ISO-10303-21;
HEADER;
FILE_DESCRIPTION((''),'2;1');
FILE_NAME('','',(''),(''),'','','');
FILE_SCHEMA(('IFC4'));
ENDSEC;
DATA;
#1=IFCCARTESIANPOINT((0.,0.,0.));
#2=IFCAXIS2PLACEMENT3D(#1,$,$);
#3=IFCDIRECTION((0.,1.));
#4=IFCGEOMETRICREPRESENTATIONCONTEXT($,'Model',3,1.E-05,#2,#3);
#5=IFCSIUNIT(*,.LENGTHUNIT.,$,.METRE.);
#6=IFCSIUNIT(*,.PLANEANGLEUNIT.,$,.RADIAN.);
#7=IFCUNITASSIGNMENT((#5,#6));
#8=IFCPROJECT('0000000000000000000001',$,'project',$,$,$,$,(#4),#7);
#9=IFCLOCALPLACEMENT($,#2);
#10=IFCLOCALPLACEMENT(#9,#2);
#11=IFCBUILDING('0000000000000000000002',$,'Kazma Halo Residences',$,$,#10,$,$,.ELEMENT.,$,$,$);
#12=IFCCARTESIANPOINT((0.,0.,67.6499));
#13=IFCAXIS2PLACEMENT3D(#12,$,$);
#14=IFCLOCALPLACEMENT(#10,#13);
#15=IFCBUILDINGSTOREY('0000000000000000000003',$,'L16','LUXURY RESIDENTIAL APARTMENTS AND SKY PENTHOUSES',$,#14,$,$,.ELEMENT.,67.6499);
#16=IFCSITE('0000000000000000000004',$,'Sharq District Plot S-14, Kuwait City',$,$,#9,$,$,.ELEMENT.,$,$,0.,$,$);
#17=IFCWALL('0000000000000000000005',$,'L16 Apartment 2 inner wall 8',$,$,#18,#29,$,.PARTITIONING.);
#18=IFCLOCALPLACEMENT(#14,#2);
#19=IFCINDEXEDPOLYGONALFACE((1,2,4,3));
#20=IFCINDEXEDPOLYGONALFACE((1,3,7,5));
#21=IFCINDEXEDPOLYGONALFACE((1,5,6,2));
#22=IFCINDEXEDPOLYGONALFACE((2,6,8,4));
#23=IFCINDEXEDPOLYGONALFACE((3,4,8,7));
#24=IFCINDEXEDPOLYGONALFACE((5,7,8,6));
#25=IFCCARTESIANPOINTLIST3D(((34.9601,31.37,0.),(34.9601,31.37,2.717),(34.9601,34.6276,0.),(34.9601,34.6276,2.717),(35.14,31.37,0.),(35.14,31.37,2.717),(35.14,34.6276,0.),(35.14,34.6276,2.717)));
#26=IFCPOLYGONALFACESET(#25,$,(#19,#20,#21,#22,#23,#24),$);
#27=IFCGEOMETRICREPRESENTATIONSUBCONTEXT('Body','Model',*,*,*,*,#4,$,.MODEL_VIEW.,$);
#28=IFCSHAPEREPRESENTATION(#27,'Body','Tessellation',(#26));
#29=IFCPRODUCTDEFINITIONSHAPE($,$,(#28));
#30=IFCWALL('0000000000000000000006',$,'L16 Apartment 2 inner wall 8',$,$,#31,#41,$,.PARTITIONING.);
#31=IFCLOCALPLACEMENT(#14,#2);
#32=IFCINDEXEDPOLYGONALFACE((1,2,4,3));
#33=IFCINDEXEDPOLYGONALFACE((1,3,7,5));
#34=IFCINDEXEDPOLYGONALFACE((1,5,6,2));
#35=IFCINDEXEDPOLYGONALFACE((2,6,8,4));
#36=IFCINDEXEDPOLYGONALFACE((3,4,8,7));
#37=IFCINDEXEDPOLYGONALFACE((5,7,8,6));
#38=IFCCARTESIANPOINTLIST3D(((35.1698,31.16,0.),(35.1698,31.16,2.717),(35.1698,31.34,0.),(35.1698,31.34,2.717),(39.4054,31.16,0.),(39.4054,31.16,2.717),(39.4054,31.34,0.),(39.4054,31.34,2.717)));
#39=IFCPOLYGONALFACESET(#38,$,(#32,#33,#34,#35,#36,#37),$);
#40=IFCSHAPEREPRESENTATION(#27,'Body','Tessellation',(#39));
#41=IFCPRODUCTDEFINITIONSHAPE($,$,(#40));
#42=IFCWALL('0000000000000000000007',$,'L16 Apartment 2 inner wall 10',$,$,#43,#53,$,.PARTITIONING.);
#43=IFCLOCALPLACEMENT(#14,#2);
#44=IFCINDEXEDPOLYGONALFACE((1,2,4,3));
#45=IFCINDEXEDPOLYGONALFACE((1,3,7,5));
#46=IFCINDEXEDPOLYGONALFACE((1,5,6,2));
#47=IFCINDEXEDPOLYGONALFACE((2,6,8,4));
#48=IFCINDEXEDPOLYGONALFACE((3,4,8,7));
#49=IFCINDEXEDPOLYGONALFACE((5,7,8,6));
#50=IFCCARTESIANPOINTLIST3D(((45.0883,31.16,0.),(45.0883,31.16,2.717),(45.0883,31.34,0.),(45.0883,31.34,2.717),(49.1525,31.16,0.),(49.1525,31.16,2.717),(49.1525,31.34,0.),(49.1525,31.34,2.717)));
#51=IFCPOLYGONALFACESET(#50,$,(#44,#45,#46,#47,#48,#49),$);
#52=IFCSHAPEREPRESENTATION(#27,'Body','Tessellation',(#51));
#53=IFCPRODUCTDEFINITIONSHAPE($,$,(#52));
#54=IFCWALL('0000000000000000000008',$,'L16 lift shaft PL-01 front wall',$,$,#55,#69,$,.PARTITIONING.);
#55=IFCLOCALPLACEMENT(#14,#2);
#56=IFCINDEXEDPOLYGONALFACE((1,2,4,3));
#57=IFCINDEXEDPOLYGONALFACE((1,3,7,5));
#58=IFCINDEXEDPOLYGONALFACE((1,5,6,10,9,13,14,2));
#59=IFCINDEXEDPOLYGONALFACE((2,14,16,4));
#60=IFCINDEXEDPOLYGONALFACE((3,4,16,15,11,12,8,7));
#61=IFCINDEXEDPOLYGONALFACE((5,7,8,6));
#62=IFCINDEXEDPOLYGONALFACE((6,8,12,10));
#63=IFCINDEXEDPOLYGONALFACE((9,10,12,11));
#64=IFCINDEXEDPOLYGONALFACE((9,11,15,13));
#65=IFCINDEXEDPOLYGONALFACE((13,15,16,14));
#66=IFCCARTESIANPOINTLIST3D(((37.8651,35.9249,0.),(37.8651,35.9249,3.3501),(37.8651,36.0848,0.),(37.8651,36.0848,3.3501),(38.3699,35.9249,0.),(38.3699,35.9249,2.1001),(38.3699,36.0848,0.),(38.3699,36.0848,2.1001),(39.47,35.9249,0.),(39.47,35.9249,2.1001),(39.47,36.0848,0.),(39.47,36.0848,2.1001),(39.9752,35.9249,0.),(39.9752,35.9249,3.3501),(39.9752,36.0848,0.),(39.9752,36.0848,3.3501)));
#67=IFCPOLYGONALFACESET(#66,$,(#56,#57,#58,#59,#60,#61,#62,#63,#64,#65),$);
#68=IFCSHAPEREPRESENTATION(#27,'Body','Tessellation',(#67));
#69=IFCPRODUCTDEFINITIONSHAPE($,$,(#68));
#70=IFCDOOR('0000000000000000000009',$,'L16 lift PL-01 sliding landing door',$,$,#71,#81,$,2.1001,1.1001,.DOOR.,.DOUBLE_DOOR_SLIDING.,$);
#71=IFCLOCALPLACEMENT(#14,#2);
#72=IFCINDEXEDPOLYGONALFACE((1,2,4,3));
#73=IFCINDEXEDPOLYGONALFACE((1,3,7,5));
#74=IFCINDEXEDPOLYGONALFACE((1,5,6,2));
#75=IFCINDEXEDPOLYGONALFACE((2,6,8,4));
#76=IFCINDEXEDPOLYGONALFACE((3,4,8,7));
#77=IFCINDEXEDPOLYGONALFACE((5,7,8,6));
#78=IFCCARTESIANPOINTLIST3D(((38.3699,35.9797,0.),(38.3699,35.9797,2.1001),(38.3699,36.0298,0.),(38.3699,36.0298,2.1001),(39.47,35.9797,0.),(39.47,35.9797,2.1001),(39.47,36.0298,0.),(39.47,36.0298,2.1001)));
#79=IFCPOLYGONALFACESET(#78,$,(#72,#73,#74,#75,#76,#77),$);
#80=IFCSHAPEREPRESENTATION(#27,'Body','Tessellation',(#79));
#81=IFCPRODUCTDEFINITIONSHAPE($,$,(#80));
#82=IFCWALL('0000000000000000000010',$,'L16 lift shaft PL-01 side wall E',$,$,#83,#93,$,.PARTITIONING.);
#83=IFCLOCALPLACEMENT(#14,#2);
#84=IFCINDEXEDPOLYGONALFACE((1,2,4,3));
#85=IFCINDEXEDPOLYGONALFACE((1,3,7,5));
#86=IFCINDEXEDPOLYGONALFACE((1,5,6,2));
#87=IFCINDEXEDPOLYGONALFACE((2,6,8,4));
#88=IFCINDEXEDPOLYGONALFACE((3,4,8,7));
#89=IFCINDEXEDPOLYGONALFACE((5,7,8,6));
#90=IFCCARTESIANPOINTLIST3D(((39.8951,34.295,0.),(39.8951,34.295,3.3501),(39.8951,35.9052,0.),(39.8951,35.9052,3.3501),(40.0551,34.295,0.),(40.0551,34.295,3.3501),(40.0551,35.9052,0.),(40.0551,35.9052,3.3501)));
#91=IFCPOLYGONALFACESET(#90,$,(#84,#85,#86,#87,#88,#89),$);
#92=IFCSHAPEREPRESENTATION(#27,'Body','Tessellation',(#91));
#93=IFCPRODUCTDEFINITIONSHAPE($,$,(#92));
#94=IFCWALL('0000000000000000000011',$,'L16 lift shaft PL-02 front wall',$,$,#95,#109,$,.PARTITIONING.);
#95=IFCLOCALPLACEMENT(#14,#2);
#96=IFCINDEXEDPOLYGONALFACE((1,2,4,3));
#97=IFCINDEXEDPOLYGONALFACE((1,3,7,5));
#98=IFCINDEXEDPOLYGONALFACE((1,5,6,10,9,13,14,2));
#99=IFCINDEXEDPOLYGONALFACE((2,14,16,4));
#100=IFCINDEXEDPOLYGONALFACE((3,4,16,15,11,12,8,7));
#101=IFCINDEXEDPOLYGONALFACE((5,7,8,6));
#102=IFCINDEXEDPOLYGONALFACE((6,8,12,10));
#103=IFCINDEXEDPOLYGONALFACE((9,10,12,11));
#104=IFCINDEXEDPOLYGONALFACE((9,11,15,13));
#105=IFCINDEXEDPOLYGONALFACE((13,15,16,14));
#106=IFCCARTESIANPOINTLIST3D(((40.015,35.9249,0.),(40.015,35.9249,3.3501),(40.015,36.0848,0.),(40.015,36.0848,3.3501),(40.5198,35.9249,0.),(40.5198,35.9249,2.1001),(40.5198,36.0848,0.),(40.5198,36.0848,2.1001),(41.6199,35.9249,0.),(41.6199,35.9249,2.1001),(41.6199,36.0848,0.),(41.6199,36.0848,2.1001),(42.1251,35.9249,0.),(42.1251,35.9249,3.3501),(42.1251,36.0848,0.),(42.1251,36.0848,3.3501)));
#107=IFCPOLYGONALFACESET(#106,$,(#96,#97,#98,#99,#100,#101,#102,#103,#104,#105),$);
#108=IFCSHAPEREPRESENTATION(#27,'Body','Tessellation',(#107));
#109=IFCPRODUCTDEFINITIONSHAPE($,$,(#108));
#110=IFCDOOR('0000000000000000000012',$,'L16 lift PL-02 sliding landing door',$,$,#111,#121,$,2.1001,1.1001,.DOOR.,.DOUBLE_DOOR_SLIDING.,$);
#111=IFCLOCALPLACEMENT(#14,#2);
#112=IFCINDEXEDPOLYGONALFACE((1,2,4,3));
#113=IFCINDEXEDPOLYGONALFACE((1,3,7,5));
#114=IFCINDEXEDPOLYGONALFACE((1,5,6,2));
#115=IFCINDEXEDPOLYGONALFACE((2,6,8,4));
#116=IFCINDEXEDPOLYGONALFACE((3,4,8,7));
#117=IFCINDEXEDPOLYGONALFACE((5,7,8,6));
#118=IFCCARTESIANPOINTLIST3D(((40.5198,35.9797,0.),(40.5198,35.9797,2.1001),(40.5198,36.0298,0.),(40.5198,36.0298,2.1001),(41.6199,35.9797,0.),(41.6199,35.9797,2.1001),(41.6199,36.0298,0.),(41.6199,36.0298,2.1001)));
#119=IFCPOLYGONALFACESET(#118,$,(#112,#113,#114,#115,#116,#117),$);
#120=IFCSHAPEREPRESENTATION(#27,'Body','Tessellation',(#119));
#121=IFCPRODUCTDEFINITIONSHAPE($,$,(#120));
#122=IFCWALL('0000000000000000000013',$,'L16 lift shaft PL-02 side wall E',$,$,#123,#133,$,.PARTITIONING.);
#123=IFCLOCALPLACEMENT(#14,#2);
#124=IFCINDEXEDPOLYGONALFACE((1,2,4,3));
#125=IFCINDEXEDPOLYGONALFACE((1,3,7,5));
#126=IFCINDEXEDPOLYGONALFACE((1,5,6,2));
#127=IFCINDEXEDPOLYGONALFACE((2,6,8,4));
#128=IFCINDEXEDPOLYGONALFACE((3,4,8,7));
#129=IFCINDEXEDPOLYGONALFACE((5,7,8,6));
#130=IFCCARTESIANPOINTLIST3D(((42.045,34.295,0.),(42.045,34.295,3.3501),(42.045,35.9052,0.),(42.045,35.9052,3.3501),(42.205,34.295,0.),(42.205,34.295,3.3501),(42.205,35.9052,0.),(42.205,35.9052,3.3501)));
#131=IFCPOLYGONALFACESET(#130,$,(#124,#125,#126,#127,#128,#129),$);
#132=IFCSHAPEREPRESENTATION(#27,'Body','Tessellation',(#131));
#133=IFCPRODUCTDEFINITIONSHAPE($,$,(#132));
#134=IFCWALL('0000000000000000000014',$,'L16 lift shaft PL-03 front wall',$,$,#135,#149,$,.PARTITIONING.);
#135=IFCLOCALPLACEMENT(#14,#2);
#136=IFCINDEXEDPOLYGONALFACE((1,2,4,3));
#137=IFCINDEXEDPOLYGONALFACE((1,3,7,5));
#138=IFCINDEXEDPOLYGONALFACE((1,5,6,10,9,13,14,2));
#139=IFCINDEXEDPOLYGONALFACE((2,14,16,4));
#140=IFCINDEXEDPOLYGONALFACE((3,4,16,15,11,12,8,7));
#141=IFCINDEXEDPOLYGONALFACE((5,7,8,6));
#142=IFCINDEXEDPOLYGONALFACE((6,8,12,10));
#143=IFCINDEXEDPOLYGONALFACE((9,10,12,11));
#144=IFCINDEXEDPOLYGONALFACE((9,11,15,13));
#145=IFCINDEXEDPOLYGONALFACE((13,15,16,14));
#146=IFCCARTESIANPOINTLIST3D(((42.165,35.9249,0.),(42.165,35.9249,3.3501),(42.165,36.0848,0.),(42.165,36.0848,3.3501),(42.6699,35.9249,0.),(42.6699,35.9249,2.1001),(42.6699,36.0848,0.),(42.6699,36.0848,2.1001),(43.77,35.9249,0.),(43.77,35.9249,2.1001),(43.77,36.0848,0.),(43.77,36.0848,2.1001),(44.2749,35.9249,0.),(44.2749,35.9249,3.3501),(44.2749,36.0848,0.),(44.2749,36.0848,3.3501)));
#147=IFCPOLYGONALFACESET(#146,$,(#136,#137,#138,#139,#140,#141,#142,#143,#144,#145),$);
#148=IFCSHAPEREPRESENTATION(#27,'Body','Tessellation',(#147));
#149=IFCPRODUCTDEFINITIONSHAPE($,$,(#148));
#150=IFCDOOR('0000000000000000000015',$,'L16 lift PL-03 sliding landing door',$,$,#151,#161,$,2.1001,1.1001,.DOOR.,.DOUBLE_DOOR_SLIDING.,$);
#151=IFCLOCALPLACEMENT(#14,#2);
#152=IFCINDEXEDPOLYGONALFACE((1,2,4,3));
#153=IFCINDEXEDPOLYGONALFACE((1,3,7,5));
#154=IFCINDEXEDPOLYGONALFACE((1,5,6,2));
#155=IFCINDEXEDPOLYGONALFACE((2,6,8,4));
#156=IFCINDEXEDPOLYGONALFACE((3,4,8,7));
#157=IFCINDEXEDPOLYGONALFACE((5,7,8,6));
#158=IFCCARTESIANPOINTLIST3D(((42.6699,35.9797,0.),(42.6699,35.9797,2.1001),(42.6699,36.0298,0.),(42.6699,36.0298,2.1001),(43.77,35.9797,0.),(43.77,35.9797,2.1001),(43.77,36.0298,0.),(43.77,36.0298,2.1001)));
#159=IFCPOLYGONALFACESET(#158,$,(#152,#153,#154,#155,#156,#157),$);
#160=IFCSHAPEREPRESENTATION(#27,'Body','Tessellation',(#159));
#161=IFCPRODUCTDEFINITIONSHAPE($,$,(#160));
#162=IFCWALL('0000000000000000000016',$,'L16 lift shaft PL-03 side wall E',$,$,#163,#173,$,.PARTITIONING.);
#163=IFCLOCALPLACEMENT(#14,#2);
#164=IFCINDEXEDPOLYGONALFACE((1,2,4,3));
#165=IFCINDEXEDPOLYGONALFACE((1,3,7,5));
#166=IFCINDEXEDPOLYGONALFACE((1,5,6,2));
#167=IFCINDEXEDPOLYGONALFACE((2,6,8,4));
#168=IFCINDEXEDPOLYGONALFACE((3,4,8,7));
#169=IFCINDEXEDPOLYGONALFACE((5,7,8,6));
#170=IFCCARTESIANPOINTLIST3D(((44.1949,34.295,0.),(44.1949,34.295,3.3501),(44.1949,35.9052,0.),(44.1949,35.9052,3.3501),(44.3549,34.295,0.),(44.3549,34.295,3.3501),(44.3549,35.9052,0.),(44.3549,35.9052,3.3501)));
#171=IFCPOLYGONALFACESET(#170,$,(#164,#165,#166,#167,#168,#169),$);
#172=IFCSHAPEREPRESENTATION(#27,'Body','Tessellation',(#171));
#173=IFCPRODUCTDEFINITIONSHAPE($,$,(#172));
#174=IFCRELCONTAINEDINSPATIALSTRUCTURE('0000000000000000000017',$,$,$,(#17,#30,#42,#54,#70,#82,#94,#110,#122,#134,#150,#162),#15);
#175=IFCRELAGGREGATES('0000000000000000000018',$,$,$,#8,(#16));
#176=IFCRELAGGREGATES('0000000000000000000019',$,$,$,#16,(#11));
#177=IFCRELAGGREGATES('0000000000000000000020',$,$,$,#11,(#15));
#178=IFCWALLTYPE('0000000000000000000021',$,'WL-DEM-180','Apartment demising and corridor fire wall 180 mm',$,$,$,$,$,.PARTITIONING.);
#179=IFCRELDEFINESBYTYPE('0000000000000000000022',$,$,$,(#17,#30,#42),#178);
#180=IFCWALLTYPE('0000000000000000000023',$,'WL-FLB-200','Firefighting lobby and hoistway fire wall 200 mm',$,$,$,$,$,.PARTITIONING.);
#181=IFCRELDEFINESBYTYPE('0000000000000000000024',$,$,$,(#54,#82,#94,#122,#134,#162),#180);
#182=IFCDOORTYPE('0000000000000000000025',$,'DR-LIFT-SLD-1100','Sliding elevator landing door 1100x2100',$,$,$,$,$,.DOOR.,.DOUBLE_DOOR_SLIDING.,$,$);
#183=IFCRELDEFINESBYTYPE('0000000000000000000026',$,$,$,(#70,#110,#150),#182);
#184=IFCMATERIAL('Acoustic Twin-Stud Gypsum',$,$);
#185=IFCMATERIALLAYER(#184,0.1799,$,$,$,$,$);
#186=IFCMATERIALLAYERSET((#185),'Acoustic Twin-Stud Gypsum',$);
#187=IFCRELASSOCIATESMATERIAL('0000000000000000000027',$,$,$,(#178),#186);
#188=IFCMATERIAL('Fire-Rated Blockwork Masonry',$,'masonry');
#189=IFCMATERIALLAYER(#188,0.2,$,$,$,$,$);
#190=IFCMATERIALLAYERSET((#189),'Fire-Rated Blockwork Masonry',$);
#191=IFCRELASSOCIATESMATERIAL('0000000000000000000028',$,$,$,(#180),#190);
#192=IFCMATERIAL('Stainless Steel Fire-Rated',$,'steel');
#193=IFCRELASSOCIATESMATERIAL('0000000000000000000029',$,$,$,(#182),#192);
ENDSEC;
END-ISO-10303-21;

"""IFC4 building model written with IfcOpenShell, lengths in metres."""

from ifc_helpers import new_model, si_unit, direction, frame, frame_2d, origin, place, context, subcontext, project, spatial, rectangle, extrude, material, layer, layer_set, type_object, element, fill, save


model = new_model("IFC4")

# Units and contexts
model_context = context("Model", 3, precision=1e-05, world=origin(), true_north=direction((0.0, 1.0)))
body_context = subcontext(model_context, "Body", "Model", "MODEL_VIEW")
ifc_project = project(units=[si_unit("LENGTHUNIT", "METRE"), si_unit("PLANEANGLEUNIT", "RADIAN")], contexts=[model_context])

# Site, building, storey
site_placement = place(None, origin())
site = spatial("IfcSite", under=ifc_project, at=site_placement, Name="Sharq District Plot S-14, Kuwait City", CompositionType="ELEMENT", RefElevation=0.0)
building_placement = place(site_placement, origin())
building = spatial("IfcBuilding", under=site, at=building_placement, Name="Kazma Halo Residences", CompositionType="ELEMENT")
storey_placement = place(building_placement, frame((0.0, 0.0, 67.6499)))
storey = spatial("IfcBuildingStorey", under=building, at=storey_placement, Name="L16", Description="LUXURY RESIDENTIAL APARTMENTS AND SKY PENTHOUSES", CompositionType="ELEMENT", Elevation=67.6499)

# Shared definitions
ifc_material_1 = material(Name="Acoustic Twin-Stud Gypsum")
ifc_layer_1 = layer(ifc_material_1, 0.1799)
ifc_layer_set_1 = layer_set([ifc_layer_1], Name="Acoustic Twin-Stud Gypsum")
wall_type_1 = type_object("IfcWallType", Name="WL-DEM-180", Description="Apartment demising and corridor fire wall 180 mm", PredefinedType="PARTITIONING", material=ifc_layer_set_1)

# Walls
wall_1_placement = place(storey_placement, frame((35.05, 34.6277, 0.0), z_axis=(0.0, 0.0, 1.0), x_axis=(0.0, -1.0, 0.0)))
element("IfcWall", 1, at=wall_1_placement, inside=storey, type_object=wall_type_1, Name="L16 Apartment 2 inner wall 8", PredefinedType="PARTITIONING", context=body_context, shape_type="SweptSolid", body=[
    extrude(rectangle(XDim=3.2576, YDim=0.1799, at=frame_2d((1.6289, 0.0))), origin(), (0.0, 0.0, 1.0), 2.717),
])
wall_2_placement = place(storey_placement, frame((35.1699, 31.25, 0.0), z_axis=(0.0, 0.0, 1.0), x_axis=(1.0, 0.0, 0.0)))
element("IfcWall", 2, at=wall_2_placement, inside=storey, type_object=wall_type_1, Name="L16 Apartment 2 inner wall 8", PredefinedType="PARTITIONING", context=body_context, shape_type="SweptSolid", body=[
    extrude(rectangle(XDim=4.2356, YDim=0.1799, at=frame_2d((2.1177, 0.0))), origin(), (0.0, 0.0, 1.0), 2.717),
])
wall_3_placement = place(storey_placement, frame((45.0881, 31.25, 0.0), z_axis=(0.0, 0.0, 1.0), x_axis=(1.0, 0.0, 0.0)))
element("IfcWall", 3, at=wall_3_placement, inside=storey, type_object=wall_type_1, Name="L16 Apartment 2 inner wall 10", PredefinedType="PARTITIONING", context=body_context, shape_type="SweptSolid", body=[
    extrude(rectangle(XDim=4.0642, YDim=0.1799, at=frame_2d((2.0322, 0.0))), origin(), (0.0, 0.0, 1.0), 2.717),
])

# Wall, opening, door
ifc_material_2 = material(Name="Fire-Rated Blockwork Masonry", Category="masonry")
ifc_layer_2 = layer(ifc_material_2, 0.2)
ifc_layer_set_2 = layer_set([ifc_layer_2], Name="Fire-Rated Blockwork Masonry")
wall_type_2 = type_object("IfcWallType", Name="WL-FLB-200", Description="Firefighting lobby and hoistway fire wall 200 mm", PredefinedType="PARTITIONING", material=ifc_layer_set_2)
wall_4_placement = place(storey_placement, frame((37.865, 36.0049, 0.0), z_axis=(0.0, 0.0, 1.0), x_axis=(1.0, 0.0, 0.0)))
wall_4 = element("IfcWall", 4, at=wall_4_placement, inside=storey, type_object=wall_type_2, Name="L16 lift shaft PL-01 front wall", PredefinedType="PARTITIONING", context=body_context, shape_type="SweptSolid", body=[
    extrude(rectangle(XDim=2.1101, YDim=0.1599, at=frame_2d((1.0552, 0.0))), origin(), (0.0, 0.0, 1.0), 3.3501),
])
opening_1_placement = place(wall_4_placement, frame((0.5049, 0.0, 0.0)))
opening_1 = element("IfcOpeningElement", 5, at=opening_1_placement, cuts=wall_4, PredefinedType="OPENING", context=body_context, shape_type="SweptSolid", body=[
    extrude(rectangle(XDim=1.1001, YDim=2.1001, at=frame_2d((0.55, 1.05))), frame((0.0, 0.0898, 0.0), z_axis=(0.0, -1.0, 0.0), x_axis=(1.0, 0.0, 0.0)), (0.0, 0.0, 1.0), 0.1799),
])
ifc_material_3 = material(Name="Stainless Steel Fire-Rated", Category="steel")
door_type_1 = type_object("IfcDoorType", Name="DR-LIFT-SLD-1100", Description="Sliding elevator landing door 1100x2100", OperationType="DOUBLE_DOOR_SLIDING", PredefinedType="DOOR", material=ifc_material_3)
door_1_placement = place(opening_1_placement, origin())
door_1 = element("IfcDoor", 6, at=door_1_placement, inside=storey, type_object=door_type_1, Name="L16 lift PL-01 sliding landing door", OperationType="DOUBLE_DOOR_SLIDING", OverallHeight=2.1001, OverallWidth=1.1001, PredefinedType="DOOR", context=body_context, shape_type="SweptSolid", body=[
    extrude(rectangle(XDim=1.1001, YDim=2.1001, at=frame_2d((0.55, 1.05))), frame((0.0, 0.0249, 0.0), z_axis=(0.0, -1.0, 0.0), x_axis=(1.0, 0.0, 0.0)), (0.0, 0.0, 1.0), 0.05),
])
fill(opening_1, door_1)

# Wall
wall_5_placement = place(storey_placement, frame((39.9751, 34.2949, 0.0), z_axis=(0.0, 0.0, 1.0), x_axis=(0.0, 1.0, 0.0)))
element("IfcWall", 7, at=wall_5_placement, inside=storey, type_object=wall_type_2, Name="L16 lift shaft PL-01 side wall E", PredefinedType="PARTITIONING", context=body_context, shape_type="SweptSolid", body=[
    extrude(rectangle(XDim=1.6101, YDim=0.1599, at=frame_2d((0.8052, 0.0))), origin(), (0.0, 0.0, 1.0), 3.3501),
])

# Wall, opening, door
wall_6_placement = place(storey_placement, frame((40.0149, 36.0049, 0.0), z_axis=(0.0, 0.0, 1.0), x_axis=(1.0, 0.0, 0.0)))
wall_6 = element("IfcWall", 8, at=wall_6_placement, inside=storey, type_object=wall_type_2, Name="L16 lift shaft PL-02 front wall", PredefinedType="PARTITIONING", context=body_context, shape_type="SweptSolid", body=[
    extrude(rectangle(XDim=2.1101, YDim=0.1599, at=frame_2d((1.0552, 0.0))), origin(), (0.0, 0.0, 1.0), 3.3501),
])
opening_2_placement = place(wall_6_placement, frame((0.5049, 0.0, 0.0)))
opening_2 = element("IfcOpeningElement", 9, at=opening_2_placement, cuts=wall_6, PredefinedType="OPENING", context=body_context, shape_type="SweptSolid", body=[
    extrude(rectangle(XDim=1.1001, YDim=2.1001, at=frame_2d((0.55, 1.05))), frame((0.0, 0.0898, 0.0), z_axis=(0.0, -1.0, 0.0), x_axis=(1.0, 0.0, 0.0)), (0.0, 0.0, 1.0), 0.1799),
])
door_2_placement = place(opening_2_placement, origin())
door_2 = element("IfcDoor", 10, at=door_2_placement, inside=storey, type_object=door_type_1, Name="L16 lift PL-02 sliding landing door", OperationType="DOUBLE_DOOR_SLIDING", OverallHeight=2.1001, OverallWidth=1.1001, PredefinedType="DOOR", context=body_context, shape_type="SweptSolid", body=[
    extrude(rectangle(XDim=1.1001, YDim=2.1001, at=frame_2d((0.55, 1.05))), frame((0.0, 0.0249, 0.0), z_axis=(0.0, -1.0, 0.0), x_axis=(1.0, 0.0, 0.0)), (0.0, 0.0, 1.0), 0.05),
])
fill(opening_2, door_2)

# Wall
wall_7_placement = place(storey_placement, frame((42.125, 34.2949, 0.0), z_axis=(0.0, 0.0, 1.0), x_axis=(0.0, 1.0, 0.0)))
element("IfcWall", 11, at=wall_7_placement, inside=storey, type_object=wall_type_2, Name="L16 lift shaft PL-02 side wall E", PredefinedType="PARTITIONING", context=body_context, shape_type="SweptSolid", body=[
    extrude(rectangle(XDim=1.6101, YDim=0.1599, at=frame_2d((0.8052, 0.0))), origin(), (0.0, 0.0, 1.0), 3.3501),
])

# Wall, opening, door
wall_8_placement = place(storey_placement, frame((42.165, 36.0049, 0.0), z_axis=(0.0, 0.0, 1.0), x_axis=(1.0, 0.0, 0.0)))
wall_8 = element("IfcWall", 12, at=wall_8_placement, inside=storey, type_object=wall_type_2, Name="L16 lift shaft PL-03 front wall", PredefinedType="PARTITIONING", context=body_context, shape_type="SweptSolid", body=[
    extrude(rectangle(XDim=2.1099, YDim=0.1599, at=frame_2d((1.0549, 0.0))), origin(), (0.0, 0.0, 1.0), 3.3501),
])
opening_3_placement = place(wall_8_placement, frame((0.5049, 0.0, 0.0)))
opening_3 = element("IfcOpeningElement", 13, at=opening_3_placement, cuts=wall_8, PredefinedType="OPENING", context=body_context, shape_type="SweptSolid", body=[
    extrude(rectangle(XDim=1.1001, YDim=2.1001, at=frame_2d((0.55, 1.05))), frame((0.0, 0.0898, 0.0), z_axis=(0.0, -1.0, 0.0), x_axis=(1.0, 0.0, 0.0)), (0.0, 0.0, 1.0), 0.1799),
])
door_3_placement = place(opening_3_placement, origin())
door_3 = element("IfcDoor", 14, at=door_3_placement, inside=storey, type_object=door_type_1, Name="L16 lift PL-03 sliding landing door", OperationType="DOUBLE_DOOR_SLIDING", OverallHeight=2.1001, OverallWidth=1.1001, PredefinedType="DOOR", context=body_context, shape_type="SweptSolid", body=[
    extrude(rectangle(XDim=1.1001, YDim=2.1001, at=frame_2d((0.55, 1.05))), frame((0.0, 0.0249, 0.0), z_axis=(0.0, -1.0, 0.0), x_axis=(1.0, 0.0, 0.0)), (0.0, 0.0, 1.0), 0.05),
])
fill(opening_3, door_3)

# Wall
wall_9_placement = place(storey_placement, frame((44.2749, 34.2949, 0.0), z_axis=(0.0, 0.0, 1.0), x_axis=(0.0, 1.0, 0.0)))
element("IfcWall", 15, at=wall_9_placement, inside=storey, type_object=wall_type_2, Name="L16 lift shaft PL-03 side wall E", PredefinedType="PARTITIONING", context=body_context, shape_type="SweptSolid", body=[
    extrude(rectangle(XDim=1.6101, YDim=0.1599, at=frame_2d((0.8052, 0.0))), origin(), (0.0, 0.0, 1.0), 3.3501),
])

save(model, "model.ifc")
